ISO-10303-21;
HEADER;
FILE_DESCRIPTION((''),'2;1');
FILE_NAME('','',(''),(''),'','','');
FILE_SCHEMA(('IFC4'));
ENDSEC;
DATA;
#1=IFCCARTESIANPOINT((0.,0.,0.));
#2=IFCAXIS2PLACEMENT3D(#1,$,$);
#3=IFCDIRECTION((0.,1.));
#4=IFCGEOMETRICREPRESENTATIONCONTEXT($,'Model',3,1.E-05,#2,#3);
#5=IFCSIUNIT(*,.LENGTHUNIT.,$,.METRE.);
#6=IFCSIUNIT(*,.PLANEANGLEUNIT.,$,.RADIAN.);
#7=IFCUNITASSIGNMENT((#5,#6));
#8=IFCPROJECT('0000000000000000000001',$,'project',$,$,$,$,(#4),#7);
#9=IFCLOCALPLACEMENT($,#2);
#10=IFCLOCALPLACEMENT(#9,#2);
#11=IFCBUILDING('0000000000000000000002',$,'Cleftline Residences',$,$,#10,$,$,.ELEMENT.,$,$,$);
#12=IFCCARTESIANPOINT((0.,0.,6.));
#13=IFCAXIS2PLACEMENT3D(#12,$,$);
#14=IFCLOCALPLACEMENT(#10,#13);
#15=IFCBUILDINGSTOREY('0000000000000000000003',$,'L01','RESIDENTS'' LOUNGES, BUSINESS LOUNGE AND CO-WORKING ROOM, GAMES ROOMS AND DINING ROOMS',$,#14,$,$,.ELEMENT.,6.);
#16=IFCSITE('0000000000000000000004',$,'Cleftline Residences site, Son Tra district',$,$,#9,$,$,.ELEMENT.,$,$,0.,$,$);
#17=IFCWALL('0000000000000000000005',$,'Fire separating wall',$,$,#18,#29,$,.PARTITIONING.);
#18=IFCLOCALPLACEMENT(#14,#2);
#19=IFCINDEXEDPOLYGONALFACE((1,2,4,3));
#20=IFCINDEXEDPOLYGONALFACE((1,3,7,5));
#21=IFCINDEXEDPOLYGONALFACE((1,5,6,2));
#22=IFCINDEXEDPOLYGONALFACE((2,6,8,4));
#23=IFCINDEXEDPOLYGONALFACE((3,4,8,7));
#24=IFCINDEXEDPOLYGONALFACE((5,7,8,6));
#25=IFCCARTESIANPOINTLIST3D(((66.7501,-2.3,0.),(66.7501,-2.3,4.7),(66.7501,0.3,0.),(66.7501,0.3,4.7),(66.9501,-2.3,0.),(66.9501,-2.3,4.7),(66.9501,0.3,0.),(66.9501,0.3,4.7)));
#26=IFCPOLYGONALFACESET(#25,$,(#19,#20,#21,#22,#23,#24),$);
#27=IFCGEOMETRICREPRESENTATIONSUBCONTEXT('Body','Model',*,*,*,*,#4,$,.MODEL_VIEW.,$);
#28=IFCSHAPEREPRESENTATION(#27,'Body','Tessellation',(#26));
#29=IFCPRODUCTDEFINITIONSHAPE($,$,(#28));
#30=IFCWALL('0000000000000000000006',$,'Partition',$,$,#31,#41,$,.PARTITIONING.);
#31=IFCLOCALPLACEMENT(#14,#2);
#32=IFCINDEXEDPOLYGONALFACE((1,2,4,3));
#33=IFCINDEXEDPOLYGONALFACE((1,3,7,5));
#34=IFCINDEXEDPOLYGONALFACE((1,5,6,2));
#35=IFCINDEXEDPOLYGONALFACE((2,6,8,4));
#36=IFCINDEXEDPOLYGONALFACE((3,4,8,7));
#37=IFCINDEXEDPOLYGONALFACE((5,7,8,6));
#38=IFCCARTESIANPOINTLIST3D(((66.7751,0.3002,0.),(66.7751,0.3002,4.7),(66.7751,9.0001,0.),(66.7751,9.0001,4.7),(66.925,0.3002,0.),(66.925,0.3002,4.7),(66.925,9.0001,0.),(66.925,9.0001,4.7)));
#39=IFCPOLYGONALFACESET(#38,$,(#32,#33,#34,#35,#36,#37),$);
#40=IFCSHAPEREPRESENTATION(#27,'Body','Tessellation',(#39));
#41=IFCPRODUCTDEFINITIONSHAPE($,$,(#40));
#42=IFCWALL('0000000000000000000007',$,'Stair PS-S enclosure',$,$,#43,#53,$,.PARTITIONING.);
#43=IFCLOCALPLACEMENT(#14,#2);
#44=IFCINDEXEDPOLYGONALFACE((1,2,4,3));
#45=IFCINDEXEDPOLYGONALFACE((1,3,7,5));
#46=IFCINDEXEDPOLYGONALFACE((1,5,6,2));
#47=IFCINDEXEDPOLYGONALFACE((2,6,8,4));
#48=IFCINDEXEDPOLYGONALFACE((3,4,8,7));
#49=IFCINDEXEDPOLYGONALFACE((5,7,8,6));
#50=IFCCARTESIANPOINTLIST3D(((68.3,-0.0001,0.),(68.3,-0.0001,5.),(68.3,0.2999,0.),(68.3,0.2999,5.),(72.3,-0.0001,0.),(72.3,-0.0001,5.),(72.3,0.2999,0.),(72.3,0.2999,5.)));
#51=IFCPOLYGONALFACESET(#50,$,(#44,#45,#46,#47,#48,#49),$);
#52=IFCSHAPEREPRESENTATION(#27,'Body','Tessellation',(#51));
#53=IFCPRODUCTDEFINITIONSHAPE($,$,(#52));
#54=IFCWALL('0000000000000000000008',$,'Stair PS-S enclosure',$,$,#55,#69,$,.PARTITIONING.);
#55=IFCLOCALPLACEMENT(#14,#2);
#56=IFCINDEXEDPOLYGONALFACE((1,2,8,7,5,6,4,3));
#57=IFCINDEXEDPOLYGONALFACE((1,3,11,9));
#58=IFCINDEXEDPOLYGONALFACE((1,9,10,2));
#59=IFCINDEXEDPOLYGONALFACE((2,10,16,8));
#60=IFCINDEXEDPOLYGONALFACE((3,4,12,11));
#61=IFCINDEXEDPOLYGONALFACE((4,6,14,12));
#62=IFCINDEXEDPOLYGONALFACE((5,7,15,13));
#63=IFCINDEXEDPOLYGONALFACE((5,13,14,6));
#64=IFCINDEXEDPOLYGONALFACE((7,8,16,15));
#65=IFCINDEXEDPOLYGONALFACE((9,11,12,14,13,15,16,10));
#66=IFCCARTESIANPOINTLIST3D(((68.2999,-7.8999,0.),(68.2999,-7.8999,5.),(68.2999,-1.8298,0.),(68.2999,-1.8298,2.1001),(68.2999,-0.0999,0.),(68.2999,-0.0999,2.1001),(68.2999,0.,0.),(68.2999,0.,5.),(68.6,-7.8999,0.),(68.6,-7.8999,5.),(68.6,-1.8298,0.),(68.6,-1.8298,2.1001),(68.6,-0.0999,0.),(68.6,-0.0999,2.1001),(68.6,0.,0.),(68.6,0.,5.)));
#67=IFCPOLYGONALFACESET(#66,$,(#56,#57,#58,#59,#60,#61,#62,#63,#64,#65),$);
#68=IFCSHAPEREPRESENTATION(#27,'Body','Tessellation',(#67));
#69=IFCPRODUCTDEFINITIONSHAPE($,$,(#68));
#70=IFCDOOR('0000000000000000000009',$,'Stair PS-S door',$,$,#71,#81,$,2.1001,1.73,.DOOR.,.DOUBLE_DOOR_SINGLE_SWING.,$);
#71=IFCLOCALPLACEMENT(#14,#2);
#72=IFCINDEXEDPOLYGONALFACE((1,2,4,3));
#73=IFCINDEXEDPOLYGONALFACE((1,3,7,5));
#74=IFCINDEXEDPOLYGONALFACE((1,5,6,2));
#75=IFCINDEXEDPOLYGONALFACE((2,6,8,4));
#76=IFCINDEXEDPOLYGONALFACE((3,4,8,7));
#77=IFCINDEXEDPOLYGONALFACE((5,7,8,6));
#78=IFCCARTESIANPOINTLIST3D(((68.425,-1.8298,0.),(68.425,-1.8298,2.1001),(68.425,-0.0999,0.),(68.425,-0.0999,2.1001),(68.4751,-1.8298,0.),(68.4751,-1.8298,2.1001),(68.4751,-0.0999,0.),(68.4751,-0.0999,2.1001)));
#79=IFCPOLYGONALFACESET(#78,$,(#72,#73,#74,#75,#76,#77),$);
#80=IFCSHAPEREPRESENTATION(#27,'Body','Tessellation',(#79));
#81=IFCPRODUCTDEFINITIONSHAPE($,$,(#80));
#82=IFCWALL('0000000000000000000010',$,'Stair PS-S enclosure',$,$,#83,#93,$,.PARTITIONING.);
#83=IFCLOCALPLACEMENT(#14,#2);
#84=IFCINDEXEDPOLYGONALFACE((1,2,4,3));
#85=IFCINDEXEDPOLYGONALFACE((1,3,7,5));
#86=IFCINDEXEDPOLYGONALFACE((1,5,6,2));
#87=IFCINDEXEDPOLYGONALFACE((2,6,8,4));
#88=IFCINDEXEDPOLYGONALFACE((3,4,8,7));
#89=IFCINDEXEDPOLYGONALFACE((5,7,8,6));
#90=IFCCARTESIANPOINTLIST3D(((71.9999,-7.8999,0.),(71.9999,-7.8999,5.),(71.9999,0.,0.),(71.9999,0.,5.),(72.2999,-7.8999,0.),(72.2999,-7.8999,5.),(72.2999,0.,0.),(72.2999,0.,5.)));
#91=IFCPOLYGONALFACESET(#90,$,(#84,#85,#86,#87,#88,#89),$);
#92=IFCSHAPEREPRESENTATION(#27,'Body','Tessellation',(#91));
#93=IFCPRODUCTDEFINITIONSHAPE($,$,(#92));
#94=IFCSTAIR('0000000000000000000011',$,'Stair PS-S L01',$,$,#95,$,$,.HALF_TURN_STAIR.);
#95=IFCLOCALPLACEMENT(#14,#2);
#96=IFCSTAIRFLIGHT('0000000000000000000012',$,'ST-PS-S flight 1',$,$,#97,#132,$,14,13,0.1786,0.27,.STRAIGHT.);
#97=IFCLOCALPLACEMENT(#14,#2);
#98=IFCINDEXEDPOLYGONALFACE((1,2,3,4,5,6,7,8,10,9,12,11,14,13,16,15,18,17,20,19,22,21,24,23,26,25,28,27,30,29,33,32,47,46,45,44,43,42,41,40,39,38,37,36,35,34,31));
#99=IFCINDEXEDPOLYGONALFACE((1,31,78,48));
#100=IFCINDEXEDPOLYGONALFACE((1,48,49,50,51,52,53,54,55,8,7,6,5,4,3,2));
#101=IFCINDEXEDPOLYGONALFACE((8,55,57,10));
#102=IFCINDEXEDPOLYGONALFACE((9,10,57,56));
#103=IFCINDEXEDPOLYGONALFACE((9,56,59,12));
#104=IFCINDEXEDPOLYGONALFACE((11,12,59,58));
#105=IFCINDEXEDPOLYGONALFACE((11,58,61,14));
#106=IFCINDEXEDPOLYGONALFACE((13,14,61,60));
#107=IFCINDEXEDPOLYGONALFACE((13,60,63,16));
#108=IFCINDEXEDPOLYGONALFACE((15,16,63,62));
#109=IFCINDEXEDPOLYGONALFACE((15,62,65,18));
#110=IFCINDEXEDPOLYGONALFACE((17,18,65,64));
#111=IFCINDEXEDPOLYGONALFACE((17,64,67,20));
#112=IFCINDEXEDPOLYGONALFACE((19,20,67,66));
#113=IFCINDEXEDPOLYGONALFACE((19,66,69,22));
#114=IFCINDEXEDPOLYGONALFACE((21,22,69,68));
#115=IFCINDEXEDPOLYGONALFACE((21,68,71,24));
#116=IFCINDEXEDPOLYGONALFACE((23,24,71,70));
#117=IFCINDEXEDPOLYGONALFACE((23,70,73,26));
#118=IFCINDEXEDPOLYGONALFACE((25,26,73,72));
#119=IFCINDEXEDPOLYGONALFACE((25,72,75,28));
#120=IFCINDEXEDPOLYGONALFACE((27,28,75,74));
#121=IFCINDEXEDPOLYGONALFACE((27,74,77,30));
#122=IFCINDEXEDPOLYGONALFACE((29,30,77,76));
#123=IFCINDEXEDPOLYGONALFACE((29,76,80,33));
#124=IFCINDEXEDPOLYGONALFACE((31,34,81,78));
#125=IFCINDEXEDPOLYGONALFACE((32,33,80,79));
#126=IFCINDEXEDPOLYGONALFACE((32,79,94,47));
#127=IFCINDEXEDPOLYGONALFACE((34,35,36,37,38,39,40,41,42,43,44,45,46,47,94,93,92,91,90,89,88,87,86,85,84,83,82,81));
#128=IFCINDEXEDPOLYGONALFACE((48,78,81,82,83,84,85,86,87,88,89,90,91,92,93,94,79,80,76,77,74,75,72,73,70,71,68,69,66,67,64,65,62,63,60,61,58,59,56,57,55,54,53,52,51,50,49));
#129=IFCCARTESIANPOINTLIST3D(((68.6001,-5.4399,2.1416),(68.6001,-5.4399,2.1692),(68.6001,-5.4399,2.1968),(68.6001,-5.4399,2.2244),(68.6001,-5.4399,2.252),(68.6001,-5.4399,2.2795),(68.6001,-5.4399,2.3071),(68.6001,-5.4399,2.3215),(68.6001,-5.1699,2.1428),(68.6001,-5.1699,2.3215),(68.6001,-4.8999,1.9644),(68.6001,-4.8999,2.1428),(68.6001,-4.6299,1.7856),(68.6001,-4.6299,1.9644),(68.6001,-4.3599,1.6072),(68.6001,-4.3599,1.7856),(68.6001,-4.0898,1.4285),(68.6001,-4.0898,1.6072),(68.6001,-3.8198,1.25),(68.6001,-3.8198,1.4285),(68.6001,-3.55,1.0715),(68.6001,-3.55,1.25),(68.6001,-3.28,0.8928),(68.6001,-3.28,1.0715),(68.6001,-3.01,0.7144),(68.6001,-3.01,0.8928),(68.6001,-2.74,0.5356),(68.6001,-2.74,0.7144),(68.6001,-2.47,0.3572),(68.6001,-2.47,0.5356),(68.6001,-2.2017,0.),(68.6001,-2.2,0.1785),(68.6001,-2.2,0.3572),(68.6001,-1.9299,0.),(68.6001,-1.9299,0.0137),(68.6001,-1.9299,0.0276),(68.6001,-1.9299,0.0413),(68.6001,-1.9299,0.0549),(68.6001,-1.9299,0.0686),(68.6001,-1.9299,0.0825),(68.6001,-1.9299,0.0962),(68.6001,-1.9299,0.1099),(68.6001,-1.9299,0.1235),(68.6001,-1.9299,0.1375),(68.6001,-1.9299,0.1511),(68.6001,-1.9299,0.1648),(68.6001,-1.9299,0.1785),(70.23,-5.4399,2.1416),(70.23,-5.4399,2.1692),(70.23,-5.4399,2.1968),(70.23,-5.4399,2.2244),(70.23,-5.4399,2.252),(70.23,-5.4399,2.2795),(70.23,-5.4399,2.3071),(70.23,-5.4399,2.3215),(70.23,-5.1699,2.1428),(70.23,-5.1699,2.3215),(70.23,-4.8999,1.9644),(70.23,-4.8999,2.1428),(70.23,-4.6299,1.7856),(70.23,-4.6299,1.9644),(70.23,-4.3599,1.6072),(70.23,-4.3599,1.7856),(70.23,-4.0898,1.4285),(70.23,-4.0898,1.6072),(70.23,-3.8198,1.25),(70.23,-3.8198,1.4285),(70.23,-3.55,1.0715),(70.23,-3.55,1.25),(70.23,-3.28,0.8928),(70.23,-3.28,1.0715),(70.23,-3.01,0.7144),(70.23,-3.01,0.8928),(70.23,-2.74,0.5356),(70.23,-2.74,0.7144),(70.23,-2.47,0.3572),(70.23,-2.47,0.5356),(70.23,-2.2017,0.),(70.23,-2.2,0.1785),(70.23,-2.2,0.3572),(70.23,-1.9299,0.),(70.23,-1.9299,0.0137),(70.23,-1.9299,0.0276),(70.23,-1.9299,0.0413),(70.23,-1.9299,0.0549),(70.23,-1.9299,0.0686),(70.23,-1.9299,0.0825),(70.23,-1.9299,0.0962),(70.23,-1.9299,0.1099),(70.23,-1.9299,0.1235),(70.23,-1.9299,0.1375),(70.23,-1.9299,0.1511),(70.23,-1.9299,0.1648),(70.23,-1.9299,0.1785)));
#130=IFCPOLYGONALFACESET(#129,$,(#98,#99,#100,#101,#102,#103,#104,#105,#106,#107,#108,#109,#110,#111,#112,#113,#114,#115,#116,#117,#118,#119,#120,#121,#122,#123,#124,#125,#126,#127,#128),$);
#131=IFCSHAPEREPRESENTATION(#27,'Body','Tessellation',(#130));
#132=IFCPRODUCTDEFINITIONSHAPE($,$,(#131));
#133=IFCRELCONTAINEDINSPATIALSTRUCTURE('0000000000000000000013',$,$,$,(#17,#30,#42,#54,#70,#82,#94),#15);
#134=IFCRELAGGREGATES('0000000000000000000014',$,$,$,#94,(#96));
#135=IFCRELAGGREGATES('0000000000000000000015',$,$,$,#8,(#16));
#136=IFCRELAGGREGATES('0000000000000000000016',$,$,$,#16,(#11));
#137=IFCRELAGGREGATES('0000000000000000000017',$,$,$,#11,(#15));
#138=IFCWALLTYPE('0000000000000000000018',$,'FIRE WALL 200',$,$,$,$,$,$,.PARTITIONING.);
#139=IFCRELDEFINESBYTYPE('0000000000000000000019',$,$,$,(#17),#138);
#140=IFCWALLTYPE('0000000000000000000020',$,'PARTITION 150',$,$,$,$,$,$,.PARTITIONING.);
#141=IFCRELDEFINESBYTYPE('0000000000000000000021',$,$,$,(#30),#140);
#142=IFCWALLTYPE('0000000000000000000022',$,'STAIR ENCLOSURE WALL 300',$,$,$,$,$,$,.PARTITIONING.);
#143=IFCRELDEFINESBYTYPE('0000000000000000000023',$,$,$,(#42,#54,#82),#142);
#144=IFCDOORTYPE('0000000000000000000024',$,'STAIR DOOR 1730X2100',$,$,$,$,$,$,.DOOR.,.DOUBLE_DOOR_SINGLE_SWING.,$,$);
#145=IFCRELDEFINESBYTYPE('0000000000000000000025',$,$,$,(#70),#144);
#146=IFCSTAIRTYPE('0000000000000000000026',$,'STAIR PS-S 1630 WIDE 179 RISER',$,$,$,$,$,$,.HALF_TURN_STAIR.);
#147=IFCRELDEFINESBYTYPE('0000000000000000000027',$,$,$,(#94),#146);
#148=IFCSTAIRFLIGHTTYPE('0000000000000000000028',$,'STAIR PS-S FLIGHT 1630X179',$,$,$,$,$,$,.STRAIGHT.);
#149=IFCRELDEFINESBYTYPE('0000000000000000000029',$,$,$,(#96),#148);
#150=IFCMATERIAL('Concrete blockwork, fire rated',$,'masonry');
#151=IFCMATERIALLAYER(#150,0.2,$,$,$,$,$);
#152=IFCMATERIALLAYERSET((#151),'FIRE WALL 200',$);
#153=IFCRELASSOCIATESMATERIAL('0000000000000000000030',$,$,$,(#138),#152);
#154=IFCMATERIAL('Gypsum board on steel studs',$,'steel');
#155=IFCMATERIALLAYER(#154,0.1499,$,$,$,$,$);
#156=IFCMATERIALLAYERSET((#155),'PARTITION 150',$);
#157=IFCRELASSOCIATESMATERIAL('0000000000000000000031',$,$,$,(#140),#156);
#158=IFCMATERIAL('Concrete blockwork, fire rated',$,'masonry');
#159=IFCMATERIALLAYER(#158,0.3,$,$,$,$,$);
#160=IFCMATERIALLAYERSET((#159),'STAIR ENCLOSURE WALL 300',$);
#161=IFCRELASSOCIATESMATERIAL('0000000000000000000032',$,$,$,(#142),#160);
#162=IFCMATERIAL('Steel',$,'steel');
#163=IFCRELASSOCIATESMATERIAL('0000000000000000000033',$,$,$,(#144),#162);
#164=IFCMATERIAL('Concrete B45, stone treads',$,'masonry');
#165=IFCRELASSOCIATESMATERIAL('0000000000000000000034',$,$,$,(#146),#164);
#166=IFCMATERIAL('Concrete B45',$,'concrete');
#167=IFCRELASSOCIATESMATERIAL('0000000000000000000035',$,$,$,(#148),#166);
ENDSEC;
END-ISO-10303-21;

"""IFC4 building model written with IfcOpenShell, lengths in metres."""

from ifc_helpers import new_model, si_unit, direction, frame, frame_2d, origin, place, context, subcontext, project, spatial, polyline, rectangle, outline, extrude, material, layer, layer_set, type_object, element, fill, aggregate, save


model = new_model("IFC4")

# Units and contexts
model_context = context("Model", 3, precision=1e-05, world=origin(), true_north=direction((0.0, 1.0)))
body_context = subcontext(model_context, "Body", "Model", "MODEL_VIEW")
ifc_project = project(units=[si_unit("LENGTHUNIT", "METRE"), si_unit("PLANEANGLEUNIT", "RADIAN")], contexts=[model_context])

# Site, building, storey
site_placement = place(None, origin())
site = spatial("IfcSite", under=ifc_project, at=site_placement, Name="Cleftline Residences site, Son Tra district", CompositionType="ELEMENT", RefElevation=0.0)
building_placement = place(site_placement, origin())
building = spatial("IfcBuilding", under=site, at=building_placement, Name="Cleftline Residences", CompositionType="ELEMENT")
storey_placement = place(building_placement, frame((0.0, 0.0, 6.0)))
storey = spatial("IfcBuildingStorey", under=building, at=storey_placement, Name="L01", Description="RESIDENTS' LOUNGES, BUSINESS LOUNGE AND CO-WORKING ROOM, GAMES ROOMS AND DINING ROOMS", CompositionType="ELEMENT", Elevation=6.0)

# Walls
ifc_material_1 = material(Name="Concrete blockwork, fire rated", Category="masonry")
ifc_layer_1 = layer(ifc_material_1, 0.2)
ifc_layer_set_1 = layer_set([ifc_layer_1], Name="FIRE WALL 200")
wall_type_1 = type_object("IfcWallType", Name="FIRE WALL 200", PredefinedType="PARTITIONING", material=ifc_layer_set_1)
wall_1_placement = place(storey_placement, frame((66.8501, -2.3, 0.0), z_axis=(0.0, 0.0, 1.0), x_axis=(0.0, 1.0, 0.0)))
element("IfcWall", 1, at=wall_1_placement, inside=storey, type_object=wall_type_1, Name="Fire separating wall", PredefinedType="PARTITIONING", context=body_context, shape_type="SweptSolid", body=[
    extrude(rectangle(XDim=2.6001, YDim=0.2, at=frame_2d((1.3, 0.0))), origin(), (0.0, 0.0, 1.0), 4.7),
])
ifc_material_2 = material(Name="Gypsum board on steel studs", Category="steel")
ifc_layer_2 = layer(ifc_material_2, 0.1499)
ifc_layer_set_2 = layer_set([ifc_layer_2], Name="PARTITION 150")
wall_type_2 = type_object("IfcWallType", Name="PARTITION 150", PredefinedType="PARTITIONING", material=ifc_layer_set_2)
wall_2_placement = place(storey_placement, frame((66.8501, 0.3, 0.0), z_axis=(0.0, 0.0, 1.0), x_axis=(0.0, 1.0, 0.0)))
element("IfcWall", 2, at=wall_2_placement, inside=storey, type_object=wall_type_2, Name="Partition", PredefinedType="PARTITIONING", context=body_context, shape_type="SweptSolid", body=[
    extrude(rectangle(XDim=8.7, YDim=0.1499, at=frame_2d((4.3501, 0.0))), origin(), (0.0, 0.0, 1.0), 4.7),
])
ifc_material_3 = material(Name="Concrete blockwork, fire rated", Category="masonry")
ifc_layer_3 = layer(ifc_material_3, 0.3)
ifc_layer_set_3 = layer_set([ifc_layer_3], Name="STAIR ENCLOSURE WALL 300")
wall_type_3 = type_object("IfcWallType", Name="STAIR ENCLOSURE WALL 300", PredefinedType="PARTITIONING", material=ifc_layer_set_3)
wall_3_placement = place(storey_placement, frame((68.3, 0.1499, 0.0), z_axis=(0.0, 0.0, 1.0), x_axis=(1.0, 0.0, 0.0)))
element("IfcWall", 3, at=wall_3_placement, inside=storey, type_object=wall_type_3, Name="Stair PS-S enclosure", PredefinedType="PARTITIONING", context=body_context, shape_type="SweptSolid", body=[
    extrude(rectangle(XDim=4.0, YDim=0.3, at=frame_2d((2.0, 0.0))), origin(), (0.0, 0.0, 1.0), 5.0),
])

# Wall, opening, door
wall_4_placement = place(storey_placement, frame((68.45, -7.8999, 0.0), z_axis=(0.0, 0.0, 1.0), x_axis=(0.0, 1.0, 0.0)))
wall_4 = element("IfcWall", 4, at=wall_4_placement, inside=storey, type_object=wall_type_3, Name="Stair PS-S enclosure", PredefinedType="PARTITIONING", context=body_context, shape_type="SweptSolid", body=[
    extrude(rectangle(XDim=7.8999, YDim=0.3, at=frame_2d((3.95, 0.0))), origin(), (0.0, 0.0, 1.0), 5.0),
])
opening_placement = place(wall_4_placement, frame((6.0701, 0.0, 0.0)))
opening = element("IfcOpeningElement", 5, at=opening_placement, cuts=wall_4, PredefinedType="OPENING", context=body_context, shape_type="SweptSolid", body=[
    extrude(rectangle(XDim=1.73, YDim=2.1001, at=frame_2d((0.865, 1.05))), frame((0.0, 0.1599, 0.0), z_axis=(0.0, -1.0, 0.0), x_axis=(1.0, 0.0, 0.0)), (0.0, 0.0, 1.0), 0.3201),
])
ifc_material_4 = material(Name="Steel", Category="steel")
door_type = type_object("IfcDoorType", Name="STAIR DOOR 1730X2100", OperationType="DOUBLE_DOOR_SINGLE_SWING", PredefinedType="DOOR", material=ifc_material_4)
door_placement = place(opening_placement, origin())
door = element("IfcDoor", 6, at=door_placement, inside=storey, type_object=door_type, Name="Stair PS-S door", OperationType="DOUBLE_DOOR_SINGLE_SWING", OverallHeight=2.1001, OverallWidth=1.73, PredefinedType="DOOR", context=body_context, shape_type="SweptSolid", body=[
    extrude(rectangle(XDim=1.73, YDim=2.1001, at=frame_2d((0.865, 1.05))), frame((0.0, 0.0249, 0.0), z_axis=(0.0, -1.0, 0.0), x_axis=(1.0, 0.0, 0.0)), (0.0, 0.0, 1.0), 0.05),
])
fill(opening, door)

# Wall
wall_5_placement = place(storey_placement, frame((72.1499, -7.8999, 0.0), z_axis=(0.0, 0.0, 1.0), x_axis=(0.0, 1.0, 0.0)))
element("IfcWall", 7, at=wall_5_placement, inside=storey, type_object=wall_type_3, Name="Stair PS-S enclosure", PredefinedType="PARTITIONING", context=body_context, shape_type="SweptSolid", body=[
    extrude(rectangle(XDim=7.8999, YDim=0.3, at=frame_2d((3.95, 0.0))), origin(), (0.0, 0.0, 1.0), 5.0),
])

# Stair, stair flight
ifc_material_5 = material(Name="Concrete B45, stone treads", Category="masonry")
stair_type = type_object("IfcStairType", Name="STAIR PS-S 1630 WIDE 179 RISER", PredefinedType="HALF_TURN_STAIR", material=ifc_material_5)
stair_placement = place(storey_placement, origin())
stair = element("IfcStair", 8, at=stair_placement, inside=storey, type_object=stair_type, Name="Stair PS-S L01", PredefinedType="HALF_TURN_STAIR")
ifc_material_6 = material(Name="Concrete B45", Category="concrete")
stair_flight_type = type_object("IfcStairFlightType", Name="STAIR PS-S FLIGHT 1630X179", PredefinedType="STRAIGHT", material=ifc_material_6)
stair_flight_1_placement = place(storey_placement, frame((69.415, -1.9299, 0.0), z_axis=(0.0, 0.0, 1.0), x_axis=(0.0, -1.0, 0.0)))
stair_flight_1 = element("IfcStairFlight", 9, at=stair_flight_1_placement, type_object=stair_flight_type, Name="ST-PS-S flight 1", NumberOfRisers=14, NumberOfTreads=13, PredefinedType="STRAIGHT", RiserHeight=0.1786, TreadLength=0.27, context=body_context, shape_type="SweptSolid", body=[
    extrude(outline(polyline([(0.0, 0.0), (0.0, 0.0137), (0.0, 0.0276), (0.0, 0.0413), (0.0, 0.0549), (0.0, 0.0686), (0.0, 0.0825), (0.0, 0.0962), (0.0, 0.1099), (0.0, 0.1235), (0.0, 0.1375), (0.0, 0.1511), (0.0, 0.1648), (0.0, 0.1785), (0.27, 0.1785), (0.27, 0.3572), (0.54, 0.3572), (0.54, 0.5356), (0.8101, 0.5356), (0.8101, 0.7144), (1.0801, 0.7144), (1.0801, 0.8928), (1.3501, 0.8928), (1.3501, 1.0715), (1.6201, 1.0715), (1.6201, 1.25), (1.8899, 1.25), (1.8899, 1.4285), (2.1599, 1.4285), (2.1599, 1.6072), (2.4299, 1.6072), (2.4299, 1.7856), (2.7, 1.7856), (2.7, 1.9644), (2.97, 1.9644), (2.97, 2.1428), (3.24, 2.1428), (3.24, 2.3215), (3.51, 2.3215), (3.51, 2.5), (3.51, 2.4724), (3.51, 2.4448), (3.51, 2.4172), (3.51, 2.3896), (3.51, 2.3623), (3.51, 2.3347), (3.51, 2.3071), (3.51, 2.2795), (3.51, 2.252), (3.51, 2.2244), (3.51, 2.1968), (3.51, 2.1692), (3.51, 2.1416), (0.2717, 0.0), (0.0, 0.0)])), frame((0.0, 0.8149, 0.0), z_axis=(0.0, -1.0, 0.0), x_axis=(1.0, 0.0, 0.0)), (0.0, 0.0, 1.0), 1.6299),
])
aggregate(stair, [stair_flight_1])

save(model, "model.ifc")
